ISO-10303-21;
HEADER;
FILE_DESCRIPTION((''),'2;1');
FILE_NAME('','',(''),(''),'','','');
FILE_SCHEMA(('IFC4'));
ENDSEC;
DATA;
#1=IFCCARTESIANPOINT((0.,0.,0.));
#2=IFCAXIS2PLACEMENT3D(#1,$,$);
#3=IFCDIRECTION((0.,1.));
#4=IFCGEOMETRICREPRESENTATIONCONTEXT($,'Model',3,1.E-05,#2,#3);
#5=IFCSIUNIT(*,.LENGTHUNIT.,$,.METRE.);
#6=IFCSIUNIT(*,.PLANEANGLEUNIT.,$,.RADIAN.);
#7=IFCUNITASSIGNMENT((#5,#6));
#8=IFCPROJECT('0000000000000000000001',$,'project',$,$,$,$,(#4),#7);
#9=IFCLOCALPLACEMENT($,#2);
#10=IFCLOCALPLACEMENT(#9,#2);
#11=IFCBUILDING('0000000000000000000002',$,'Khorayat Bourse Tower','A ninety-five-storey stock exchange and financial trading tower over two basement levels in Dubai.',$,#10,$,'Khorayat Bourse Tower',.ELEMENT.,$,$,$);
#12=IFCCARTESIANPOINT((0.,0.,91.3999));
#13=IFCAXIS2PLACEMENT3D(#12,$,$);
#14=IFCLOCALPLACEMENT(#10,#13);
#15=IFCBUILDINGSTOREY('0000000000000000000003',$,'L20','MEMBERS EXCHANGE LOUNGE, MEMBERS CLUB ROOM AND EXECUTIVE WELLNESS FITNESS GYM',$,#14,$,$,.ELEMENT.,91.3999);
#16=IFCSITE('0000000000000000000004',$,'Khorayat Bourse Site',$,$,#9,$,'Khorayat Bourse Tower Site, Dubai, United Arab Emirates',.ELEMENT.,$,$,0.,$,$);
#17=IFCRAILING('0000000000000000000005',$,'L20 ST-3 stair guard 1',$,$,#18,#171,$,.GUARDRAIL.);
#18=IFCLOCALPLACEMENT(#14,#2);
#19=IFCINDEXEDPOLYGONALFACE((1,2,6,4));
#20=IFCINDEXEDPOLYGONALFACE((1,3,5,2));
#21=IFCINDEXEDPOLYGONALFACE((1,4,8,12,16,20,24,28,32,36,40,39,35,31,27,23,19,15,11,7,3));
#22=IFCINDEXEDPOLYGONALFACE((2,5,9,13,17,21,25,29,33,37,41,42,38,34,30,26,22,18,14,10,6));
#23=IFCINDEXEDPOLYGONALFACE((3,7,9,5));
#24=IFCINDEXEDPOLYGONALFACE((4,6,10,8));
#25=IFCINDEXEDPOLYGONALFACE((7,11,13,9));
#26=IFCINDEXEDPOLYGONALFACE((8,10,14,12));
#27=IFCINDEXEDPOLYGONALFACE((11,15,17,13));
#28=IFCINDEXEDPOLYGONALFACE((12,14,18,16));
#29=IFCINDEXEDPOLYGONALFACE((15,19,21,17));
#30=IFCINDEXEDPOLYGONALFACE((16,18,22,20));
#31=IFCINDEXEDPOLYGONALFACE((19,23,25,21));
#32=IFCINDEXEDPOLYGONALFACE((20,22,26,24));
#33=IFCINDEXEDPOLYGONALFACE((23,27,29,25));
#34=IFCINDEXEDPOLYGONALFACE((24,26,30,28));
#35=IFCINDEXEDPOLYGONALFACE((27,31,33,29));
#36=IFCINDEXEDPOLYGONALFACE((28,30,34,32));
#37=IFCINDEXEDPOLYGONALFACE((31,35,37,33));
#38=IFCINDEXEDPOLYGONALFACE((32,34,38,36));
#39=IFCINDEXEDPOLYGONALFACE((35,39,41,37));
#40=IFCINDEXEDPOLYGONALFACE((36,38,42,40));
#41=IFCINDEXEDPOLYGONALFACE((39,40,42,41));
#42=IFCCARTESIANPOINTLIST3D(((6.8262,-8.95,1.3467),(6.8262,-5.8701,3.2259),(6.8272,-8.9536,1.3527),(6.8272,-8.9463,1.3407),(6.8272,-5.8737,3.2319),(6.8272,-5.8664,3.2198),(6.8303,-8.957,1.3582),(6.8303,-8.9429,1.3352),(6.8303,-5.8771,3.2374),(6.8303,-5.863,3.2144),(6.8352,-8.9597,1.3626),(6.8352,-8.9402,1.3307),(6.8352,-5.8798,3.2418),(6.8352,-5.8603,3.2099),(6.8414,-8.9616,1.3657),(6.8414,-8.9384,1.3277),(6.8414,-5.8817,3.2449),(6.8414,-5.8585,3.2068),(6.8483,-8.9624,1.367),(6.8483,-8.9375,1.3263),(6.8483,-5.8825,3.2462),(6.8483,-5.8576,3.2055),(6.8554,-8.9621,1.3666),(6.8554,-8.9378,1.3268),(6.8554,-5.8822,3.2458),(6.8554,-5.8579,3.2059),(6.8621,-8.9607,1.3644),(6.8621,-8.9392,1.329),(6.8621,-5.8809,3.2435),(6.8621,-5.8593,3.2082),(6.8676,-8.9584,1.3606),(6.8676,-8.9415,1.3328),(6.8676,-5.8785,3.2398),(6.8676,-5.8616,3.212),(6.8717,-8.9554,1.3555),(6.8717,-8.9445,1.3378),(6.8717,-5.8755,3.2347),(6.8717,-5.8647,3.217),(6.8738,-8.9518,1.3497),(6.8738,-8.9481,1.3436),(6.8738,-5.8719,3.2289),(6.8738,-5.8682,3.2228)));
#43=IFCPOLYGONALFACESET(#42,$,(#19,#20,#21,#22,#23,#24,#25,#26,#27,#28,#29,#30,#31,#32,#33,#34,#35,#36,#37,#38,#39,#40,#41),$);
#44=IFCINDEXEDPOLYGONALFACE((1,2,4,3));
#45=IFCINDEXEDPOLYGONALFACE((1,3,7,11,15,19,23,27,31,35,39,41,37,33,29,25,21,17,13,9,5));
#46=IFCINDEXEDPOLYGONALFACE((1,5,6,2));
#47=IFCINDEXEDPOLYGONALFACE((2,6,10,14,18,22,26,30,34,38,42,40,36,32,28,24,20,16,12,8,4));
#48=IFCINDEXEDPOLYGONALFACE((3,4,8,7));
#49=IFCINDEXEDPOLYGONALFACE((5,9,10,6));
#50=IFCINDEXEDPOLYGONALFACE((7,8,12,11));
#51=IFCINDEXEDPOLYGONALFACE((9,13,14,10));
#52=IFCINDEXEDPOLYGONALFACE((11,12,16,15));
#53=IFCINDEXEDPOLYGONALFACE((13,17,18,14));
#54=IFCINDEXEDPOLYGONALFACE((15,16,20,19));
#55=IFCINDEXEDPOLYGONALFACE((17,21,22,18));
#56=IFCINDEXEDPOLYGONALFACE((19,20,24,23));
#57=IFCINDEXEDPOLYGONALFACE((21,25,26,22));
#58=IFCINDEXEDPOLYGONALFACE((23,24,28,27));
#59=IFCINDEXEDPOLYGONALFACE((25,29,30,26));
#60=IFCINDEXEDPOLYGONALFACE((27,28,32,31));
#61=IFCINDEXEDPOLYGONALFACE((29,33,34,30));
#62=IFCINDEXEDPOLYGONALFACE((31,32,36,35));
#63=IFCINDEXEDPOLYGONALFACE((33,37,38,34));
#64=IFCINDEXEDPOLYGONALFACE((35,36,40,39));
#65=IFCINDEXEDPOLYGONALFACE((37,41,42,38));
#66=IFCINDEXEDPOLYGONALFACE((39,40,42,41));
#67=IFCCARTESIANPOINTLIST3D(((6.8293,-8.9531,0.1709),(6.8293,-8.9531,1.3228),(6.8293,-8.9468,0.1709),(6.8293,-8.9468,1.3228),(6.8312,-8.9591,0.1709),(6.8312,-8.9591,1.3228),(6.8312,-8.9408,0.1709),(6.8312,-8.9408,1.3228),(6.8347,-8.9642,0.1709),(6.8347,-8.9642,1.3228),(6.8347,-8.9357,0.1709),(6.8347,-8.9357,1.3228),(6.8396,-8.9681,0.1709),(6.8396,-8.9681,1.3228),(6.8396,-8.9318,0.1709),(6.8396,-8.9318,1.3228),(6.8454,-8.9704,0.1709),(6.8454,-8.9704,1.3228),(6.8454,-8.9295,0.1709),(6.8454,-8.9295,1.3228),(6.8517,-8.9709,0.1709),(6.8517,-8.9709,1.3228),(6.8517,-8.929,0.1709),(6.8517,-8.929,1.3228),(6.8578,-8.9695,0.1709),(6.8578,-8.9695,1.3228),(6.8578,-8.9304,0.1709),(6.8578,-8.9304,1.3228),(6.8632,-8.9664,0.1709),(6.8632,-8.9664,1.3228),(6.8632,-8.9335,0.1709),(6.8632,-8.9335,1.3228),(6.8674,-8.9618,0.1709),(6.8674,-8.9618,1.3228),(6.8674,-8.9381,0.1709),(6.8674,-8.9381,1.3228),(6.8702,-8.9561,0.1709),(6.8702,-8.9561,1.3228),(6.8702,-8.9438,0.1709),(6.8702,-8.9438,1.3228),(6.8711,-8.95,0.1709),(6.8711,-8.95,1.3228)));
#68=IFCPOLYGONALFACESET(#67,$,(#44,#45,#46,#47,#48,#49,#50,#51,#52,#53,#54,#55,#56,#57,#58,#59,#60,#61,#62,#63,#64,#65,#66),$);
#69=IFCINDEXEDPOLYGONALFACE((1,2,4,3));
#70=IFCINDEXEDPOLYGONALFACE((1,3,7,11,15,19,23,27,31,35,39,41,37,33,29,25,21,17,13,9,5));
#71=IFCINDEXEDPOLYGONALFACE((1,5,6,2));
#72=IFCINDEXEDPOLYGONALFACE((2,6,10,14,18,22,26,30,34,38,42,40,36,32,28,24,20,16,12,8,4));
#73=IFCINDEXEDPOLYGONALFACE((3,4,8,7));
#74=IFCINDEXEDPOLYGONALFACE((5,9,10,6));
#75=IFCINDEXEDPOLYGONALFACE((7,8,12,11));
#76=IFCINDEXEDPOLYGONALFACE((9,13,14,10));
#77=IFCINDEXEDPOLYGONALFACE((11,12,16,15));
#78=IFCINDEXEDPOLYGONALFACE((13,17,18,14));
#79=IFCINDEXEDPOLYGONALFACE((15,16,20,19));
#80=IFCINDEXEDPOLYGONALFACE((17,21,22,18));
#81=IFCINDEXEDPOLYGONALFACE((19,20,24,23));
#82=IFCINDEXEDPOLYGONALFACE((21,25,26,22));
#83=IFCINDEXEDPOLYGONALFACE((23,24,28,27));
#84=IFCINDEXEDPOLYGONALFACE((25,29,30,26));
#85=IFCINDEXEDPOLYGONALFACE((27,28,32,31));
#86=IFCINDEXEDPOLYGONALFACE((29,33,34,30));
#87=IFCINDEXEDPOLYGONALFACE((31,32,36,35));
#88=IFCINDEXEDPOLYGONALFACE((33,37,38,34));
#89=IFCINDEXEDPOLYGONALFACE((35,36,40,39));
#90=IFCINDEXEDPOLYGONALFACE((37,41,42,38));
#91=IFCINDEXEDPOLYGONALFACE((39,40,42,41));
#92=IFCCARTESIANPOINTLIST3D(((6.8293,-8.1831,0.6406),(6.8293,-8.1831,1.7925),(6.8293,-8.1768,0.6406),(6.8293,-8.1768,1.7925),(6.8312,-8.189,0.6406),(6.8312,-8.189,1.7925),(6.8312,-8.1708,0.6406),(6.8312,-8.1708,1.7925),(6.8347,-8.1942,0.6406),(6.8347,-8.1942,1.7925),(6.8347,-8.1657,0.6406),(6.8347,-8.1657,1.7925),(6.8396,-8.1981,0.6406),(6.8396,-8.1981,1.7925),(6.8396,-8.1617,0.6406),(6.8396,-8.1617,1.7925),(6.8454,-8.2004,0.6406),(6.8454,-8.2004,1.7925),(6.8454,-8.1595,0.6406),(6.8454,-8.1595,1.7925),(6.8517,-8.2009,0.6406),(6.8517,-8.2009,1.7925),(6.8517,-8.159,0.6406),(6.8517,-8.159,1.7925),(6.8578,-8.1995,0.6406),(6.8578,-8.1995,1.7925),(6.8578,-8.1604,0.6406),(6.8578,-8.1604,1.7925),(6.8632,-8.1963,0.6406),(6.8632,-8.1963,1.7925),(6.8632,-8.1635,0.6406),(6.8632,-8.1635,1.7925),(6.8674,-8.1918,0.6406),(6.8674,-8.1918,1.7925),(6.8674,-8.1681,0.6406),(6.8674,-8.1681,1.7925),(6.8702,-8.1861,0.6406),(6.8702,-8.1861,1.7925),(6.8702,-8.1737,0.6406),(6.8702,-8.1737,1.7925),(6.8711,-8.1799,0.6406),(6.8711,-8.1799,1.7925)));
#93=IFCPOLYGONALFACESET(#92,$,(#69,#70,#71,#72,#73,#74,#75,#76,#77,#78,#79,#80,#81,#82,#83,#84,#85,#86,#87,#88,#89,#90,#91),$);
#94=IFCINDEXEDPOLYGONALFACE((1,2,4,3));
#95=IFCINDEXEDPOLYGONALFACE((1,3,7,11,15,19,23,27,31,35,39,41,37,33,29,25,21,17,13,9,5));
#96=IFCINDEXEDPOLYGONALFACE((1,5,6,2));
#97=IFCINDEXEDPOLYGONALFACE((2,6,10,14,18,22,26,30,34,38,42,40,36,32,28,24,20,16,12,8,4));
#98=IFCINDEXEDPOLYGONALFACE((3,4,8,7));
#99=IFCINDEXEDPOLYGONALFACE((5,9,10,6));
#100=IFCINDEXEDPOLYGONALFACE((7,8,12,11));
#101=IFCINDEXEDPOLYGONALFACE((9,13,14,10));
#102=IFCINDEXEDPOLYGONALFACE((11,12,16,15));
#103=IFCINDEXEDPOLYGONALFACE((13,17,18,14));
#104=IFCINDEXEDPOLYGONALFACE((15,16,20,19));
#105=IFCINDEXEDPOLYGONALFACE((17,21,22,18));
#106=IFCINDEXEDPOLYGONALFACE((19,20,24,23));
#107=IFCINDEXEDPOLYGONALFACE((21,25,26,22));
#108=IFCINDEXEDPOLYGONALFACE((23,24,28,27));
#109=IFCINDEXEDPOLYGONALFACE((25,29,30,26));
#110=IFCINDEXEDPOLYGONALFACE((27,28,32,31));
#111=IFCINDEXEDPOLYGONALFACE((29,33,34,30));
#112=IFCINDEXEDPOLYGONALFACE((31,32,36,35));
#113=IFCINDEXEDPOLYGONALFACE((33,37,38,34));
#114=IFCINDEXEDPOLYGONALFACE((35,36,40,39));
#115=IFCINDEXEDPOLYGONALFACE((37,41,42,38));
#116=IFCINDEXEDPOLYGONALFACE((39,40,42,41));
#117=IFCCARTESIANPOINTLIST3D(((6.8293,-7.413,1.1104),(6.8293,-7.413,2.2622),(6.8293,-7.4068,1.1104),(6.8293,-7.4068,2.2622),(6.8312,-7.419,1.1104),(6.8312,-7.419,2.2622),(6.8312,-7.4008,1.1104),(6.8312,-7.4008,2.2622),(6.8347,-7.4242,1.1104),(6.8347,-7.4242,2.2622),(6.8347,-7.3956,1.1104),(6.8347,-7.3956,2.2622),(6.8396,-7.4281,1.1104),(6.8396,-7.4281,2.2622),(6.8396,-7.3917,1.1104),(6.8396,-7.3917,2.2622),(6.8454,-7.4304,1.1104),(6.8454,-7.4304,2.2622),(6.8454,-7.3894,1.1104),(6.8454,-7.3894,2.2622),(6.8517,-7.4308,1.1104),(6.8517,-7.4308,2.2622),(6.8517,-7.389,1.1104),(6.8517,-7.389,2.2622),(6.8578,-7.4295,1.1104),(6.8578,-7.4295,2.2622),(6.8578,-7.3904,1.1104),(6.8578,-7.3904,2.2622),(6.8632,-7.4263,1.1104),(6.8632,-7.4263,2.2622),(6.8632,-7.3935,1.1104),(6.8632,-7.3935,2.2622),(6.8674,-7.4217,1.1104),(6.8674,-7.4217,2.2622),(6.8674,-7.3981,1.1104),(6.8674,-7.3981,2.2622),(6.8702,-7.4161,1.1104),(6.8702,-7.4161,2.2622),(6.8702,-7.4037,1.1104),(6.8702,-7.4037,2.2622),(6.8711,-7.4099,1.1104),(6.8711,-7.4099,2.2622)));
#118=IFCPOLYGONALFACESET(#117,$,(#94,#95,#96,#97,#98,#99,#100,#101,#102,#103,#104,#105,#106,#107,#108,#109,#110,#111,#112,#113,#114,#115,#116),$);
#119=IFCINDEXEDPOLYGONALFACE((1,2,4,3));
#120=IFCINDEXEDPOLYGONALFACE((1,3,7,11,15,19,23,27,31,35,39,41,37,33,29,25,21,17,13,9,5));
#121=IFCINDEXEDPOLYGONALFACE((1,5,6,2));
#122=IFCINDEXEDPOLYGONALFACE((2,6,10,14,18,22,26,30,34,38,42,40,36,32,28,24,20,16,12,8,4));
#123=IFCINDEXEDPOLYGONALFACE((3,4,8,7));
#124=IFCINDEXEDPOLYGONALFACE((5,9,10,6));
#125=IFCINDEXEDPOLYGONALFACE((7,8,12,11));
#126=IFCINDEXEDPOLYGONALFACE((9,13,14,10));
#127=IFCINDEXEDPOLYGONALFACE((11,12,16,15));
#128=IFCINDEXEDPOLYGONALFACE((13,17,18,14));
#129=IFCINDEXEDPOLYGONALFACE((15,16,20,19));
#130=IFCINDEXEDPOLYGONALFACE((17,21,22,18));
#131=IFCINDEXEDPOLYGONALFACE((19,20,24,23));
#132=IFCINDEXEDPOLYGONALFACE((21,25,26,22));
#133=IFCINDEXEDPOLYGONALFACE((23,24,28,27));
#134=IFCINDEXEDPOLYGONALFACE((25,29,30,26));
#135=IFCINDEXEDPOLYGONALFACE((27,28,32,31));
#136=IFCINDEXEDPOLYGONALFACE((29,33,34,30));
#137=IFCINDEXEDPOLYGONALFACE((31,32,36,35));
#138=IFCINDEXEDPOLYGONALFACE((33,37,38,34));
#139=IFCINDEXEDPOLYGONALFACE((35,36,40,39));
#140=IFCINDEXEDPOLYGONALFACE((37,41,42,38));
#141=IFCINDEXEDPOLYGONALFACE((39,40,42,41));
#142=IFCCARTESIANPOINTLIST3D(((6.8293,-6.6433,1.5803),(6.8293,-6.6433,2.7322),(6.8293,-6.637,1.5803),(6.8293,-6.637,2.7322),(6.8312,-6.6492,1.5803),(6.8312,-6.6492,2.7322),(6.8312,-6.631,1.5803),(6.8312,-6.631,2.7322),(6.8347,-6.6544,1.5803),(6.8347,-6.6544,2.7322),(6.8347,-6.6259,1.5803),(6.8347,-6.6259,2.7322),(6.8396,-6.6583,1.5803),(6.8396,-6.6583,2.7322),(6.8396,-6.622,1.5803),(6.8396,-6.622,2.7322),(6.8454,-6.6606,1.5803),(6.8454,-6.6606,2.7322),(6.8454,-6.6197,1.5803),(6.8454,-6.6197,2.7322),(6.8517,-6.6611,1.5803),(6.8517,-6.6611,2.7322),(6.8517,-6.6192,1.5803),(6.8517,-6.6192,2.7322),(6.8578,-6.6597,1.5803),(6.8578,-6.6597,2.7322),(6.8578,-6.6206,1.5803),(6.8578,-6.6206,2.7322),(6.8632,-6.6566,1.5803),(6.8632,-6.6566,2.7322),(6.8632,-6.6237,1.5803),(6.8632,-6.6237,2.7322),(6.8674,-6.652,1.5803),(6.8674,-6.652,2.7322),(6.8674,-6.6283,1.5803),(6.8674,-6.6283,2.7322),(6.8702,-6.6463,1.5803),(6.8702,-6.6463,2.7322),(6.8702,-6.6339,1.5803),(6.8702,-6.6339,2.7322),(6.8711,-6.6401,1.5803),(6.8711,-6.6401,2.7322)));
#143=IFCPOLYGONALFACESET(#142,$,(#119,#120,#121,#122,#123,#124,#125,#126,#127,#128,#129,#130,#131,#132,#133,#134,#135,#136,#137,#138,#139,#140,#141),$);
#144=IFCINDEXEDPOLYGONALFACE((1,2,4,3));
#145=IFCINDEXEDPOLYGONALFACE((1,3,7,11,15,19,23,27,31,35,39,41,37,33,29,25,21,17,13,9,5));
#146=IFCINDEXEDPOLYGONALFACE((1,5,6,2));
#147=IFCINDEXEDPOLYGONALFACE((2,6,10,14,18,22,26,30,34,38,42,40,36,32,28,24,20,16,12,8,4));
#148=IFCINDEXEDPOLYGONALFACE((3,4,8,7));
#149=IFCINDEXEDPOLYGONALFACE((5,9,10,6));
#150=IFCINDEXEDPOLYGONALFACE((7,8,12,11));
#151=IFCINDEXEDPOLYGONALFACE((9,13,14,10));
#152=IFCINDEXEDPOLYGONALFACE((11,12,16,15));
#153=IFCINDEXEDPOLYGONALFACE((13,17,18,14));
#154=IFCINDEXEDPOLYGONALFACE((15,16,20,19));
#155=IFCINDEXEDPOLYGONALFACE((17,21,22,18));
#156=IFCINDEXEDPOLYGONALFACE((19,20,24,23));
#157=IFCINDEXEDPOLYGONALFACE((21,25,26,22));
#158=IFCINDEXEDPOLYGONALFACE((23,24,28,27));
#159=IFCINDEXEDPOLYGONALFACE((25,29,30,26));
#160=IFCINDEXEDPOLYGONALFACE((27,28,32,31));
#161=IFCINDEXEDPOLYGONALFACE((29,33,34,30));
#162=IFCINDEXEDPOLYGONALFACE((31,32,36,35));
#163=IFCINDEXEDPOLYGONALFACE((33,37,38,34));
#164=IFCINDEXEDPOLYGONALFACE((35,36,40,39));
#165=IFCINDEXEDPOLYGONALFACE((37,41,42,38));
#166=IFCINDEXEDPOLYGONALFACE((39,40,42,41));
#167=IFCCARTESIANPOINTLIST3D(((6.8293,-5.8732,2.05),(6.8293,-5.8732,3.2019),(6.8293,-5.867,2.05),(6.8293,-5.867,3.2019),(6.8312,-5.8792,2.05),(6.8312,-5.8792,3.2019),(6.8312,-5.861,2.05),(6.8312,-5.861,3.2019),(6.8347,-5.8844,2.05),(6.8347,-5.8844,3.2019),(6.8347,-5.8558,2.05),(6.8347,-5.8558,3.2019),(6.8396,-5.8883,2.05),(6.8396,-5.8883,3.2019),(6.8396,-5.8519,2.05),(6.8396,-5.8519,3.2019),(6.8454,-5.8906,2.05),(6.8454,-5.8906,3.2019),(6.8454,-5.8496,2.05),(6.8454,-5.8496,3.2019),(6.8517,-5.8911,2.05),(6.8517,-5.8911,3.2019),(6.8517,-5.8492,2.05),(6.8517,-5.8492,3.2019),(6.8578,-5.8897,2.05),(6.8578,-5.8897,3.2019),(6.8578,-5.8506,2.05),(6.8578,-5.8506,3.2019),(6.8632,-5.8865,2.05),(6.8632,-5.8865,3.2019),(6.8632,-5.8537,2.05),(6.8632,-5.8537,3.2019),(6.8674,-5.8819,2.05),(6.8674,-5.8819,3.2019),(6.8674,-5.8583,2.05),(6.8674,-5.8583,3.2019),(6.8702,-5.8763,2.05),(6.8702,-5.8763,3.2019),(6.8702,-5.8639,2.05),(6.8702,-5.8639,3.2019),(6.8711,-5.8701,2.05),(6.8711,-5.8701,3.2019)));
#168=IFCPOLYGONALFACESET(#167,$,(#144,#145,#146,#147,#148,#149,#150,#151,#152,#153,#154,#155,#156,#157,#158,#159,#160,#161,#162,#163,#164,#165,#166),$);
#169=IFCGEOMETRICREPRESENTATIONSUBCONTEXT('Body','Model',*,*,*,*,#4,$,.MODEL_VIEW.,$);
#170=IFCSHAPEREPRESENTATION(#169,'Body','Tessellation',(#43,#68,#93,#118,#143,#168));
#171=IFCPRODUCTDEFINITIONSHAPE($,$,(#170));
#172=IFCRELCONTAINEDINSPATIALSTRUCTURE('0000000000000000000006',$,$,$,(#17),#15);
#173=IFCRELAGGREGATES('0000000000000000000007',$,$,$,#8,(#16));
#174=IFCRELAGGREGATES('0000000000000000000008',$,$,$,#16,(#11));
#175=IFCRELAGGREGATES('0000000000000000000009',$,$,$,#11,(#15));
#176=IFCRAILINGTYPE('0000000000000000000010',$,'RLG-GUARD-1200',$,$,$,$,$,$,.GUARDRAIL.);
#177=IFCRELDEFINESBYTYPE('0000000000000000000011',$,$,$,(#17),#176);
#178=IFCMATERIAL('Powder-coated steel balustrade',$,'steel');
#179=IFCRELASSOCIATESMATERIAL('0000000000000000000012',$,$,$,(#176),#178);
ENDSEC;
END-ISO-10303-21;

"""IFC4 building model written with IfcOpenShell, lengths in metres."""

from ifc_helpers import new_model, si_unit, direction, frame, origin, origin_2d, place, context, subcontext, project, spatial, circle, extrude, source, transform, mapped, material, type_object, element, save


model = new_model("IFC4")

# Units and contexts
model_context = context("Model", 3, precision=1e-05, world=origin(), true_north=direction((0.0, 1.0)))
body_context = subcontext(model_context, "Body", "Model", "MODEL_VIEW")
ifc_project = project(units=[si_unit("LENGTHUNIT", "METRE"), si_unit("PLANEANGLEUNIT", "RADIAN")], contexts=[model_context])

# Site, building, storey
site_placement = place(None, origin())
site = spatial("IfcSite", under=ifc_project, at=site_placement, Name="Khorayat Bourse Site", LongName="Khorayat Bourse Tower Site, Dubai, United Arab Emirates", CompositionType="ELEMENT", RefElevation=0.0)
building_placement = place(site_placement, origin())
building = spatial("IfcBuilding", under=site, at=building_placement, Name="Khorayat Bourse Tower", Description="A ninety-five-storey stock exchange and financial trading tower over two basement levels in Dubai.", LongName="Khorayat Bourse Tower", CompositionType="ELEMENT")
storey_placement = place(building_placement, frame((0.0, 0.0, 91.3999)))
storey = spatial("IfcBuildingStorey", under=building, at=storey_placement, Name="L20", Description="MEMBERS EXCHANGE LOUNGE, MEMBERS CLUB ROOM AND EXECUTIVE WELLNESS FITNESS GYM", CompositionType="ELEMENT", Elevation=91.3999)

# Railing
ifc_material_1 = material(Name="Powder-coated steel balustrade", Category="steel")
railing_type_1 = type_object("IfcRailingType", Name="RLG-GUARD-1200", PredefinedType="GUARDRAIL", material=ifc_material_1)
shared_shape_1 = source(origin(), body_context, "Body", "SweptSolid", [
    extrude(circle(Radius=0.0239, at=origin_2d()), frame((0.0, 0.0, 1.1758), z_axis=(0.0, 0.853648, 0.52085), x_axis=(-1.0, 0.0, 0.0)), (0.0, 0.0, 1.0), 3.6079),
    extrude(circle(Radius=0.021, at=origin_2d()), origin(), (0.0, 0.0, 1.0), 1.1519),
    extrude(circle(Radius=0.021, at=origin_2d()), frame((0.0, 0.77, 0.4697)), (0.0, 0.0, 1.0), 1.1519),
    extrude(circle(Radius=0.021, at=origin_2d()), frame((0.0, 1.54, 0.9395)), (0.0, 0.0, 1.0), 1.1519),
    extrude(circle(Radius=0.021, at=origin_2d()), frame((0.0, 2.3098, 1.4094)), (0.0, 0.0, 1.0), 1.1519),
    extrude(circle(Radius=0.021, at=origin_2d()), frame((0.0, 3.0798, 1.8792)), (0.0, 0.0, 1.0), 1.1519),
])
railing_1_placement = place(storey_placement, frame((6.8501, -8.95, 0.1709)))
element("IfcRailing", 1, at=railing_1_placement, inside=storey, type_object=railing_type_1, Name="L20 ST-3 stair guard 1", PredefinedType="GUARDRAIL", context=body_context, shape_type="MappedRepresentation", body=[
    mapped(shared_shape_1, transform((0.0, 0.0, 0.0), scale=1.0)),
])

save(model, "model.ifc")
